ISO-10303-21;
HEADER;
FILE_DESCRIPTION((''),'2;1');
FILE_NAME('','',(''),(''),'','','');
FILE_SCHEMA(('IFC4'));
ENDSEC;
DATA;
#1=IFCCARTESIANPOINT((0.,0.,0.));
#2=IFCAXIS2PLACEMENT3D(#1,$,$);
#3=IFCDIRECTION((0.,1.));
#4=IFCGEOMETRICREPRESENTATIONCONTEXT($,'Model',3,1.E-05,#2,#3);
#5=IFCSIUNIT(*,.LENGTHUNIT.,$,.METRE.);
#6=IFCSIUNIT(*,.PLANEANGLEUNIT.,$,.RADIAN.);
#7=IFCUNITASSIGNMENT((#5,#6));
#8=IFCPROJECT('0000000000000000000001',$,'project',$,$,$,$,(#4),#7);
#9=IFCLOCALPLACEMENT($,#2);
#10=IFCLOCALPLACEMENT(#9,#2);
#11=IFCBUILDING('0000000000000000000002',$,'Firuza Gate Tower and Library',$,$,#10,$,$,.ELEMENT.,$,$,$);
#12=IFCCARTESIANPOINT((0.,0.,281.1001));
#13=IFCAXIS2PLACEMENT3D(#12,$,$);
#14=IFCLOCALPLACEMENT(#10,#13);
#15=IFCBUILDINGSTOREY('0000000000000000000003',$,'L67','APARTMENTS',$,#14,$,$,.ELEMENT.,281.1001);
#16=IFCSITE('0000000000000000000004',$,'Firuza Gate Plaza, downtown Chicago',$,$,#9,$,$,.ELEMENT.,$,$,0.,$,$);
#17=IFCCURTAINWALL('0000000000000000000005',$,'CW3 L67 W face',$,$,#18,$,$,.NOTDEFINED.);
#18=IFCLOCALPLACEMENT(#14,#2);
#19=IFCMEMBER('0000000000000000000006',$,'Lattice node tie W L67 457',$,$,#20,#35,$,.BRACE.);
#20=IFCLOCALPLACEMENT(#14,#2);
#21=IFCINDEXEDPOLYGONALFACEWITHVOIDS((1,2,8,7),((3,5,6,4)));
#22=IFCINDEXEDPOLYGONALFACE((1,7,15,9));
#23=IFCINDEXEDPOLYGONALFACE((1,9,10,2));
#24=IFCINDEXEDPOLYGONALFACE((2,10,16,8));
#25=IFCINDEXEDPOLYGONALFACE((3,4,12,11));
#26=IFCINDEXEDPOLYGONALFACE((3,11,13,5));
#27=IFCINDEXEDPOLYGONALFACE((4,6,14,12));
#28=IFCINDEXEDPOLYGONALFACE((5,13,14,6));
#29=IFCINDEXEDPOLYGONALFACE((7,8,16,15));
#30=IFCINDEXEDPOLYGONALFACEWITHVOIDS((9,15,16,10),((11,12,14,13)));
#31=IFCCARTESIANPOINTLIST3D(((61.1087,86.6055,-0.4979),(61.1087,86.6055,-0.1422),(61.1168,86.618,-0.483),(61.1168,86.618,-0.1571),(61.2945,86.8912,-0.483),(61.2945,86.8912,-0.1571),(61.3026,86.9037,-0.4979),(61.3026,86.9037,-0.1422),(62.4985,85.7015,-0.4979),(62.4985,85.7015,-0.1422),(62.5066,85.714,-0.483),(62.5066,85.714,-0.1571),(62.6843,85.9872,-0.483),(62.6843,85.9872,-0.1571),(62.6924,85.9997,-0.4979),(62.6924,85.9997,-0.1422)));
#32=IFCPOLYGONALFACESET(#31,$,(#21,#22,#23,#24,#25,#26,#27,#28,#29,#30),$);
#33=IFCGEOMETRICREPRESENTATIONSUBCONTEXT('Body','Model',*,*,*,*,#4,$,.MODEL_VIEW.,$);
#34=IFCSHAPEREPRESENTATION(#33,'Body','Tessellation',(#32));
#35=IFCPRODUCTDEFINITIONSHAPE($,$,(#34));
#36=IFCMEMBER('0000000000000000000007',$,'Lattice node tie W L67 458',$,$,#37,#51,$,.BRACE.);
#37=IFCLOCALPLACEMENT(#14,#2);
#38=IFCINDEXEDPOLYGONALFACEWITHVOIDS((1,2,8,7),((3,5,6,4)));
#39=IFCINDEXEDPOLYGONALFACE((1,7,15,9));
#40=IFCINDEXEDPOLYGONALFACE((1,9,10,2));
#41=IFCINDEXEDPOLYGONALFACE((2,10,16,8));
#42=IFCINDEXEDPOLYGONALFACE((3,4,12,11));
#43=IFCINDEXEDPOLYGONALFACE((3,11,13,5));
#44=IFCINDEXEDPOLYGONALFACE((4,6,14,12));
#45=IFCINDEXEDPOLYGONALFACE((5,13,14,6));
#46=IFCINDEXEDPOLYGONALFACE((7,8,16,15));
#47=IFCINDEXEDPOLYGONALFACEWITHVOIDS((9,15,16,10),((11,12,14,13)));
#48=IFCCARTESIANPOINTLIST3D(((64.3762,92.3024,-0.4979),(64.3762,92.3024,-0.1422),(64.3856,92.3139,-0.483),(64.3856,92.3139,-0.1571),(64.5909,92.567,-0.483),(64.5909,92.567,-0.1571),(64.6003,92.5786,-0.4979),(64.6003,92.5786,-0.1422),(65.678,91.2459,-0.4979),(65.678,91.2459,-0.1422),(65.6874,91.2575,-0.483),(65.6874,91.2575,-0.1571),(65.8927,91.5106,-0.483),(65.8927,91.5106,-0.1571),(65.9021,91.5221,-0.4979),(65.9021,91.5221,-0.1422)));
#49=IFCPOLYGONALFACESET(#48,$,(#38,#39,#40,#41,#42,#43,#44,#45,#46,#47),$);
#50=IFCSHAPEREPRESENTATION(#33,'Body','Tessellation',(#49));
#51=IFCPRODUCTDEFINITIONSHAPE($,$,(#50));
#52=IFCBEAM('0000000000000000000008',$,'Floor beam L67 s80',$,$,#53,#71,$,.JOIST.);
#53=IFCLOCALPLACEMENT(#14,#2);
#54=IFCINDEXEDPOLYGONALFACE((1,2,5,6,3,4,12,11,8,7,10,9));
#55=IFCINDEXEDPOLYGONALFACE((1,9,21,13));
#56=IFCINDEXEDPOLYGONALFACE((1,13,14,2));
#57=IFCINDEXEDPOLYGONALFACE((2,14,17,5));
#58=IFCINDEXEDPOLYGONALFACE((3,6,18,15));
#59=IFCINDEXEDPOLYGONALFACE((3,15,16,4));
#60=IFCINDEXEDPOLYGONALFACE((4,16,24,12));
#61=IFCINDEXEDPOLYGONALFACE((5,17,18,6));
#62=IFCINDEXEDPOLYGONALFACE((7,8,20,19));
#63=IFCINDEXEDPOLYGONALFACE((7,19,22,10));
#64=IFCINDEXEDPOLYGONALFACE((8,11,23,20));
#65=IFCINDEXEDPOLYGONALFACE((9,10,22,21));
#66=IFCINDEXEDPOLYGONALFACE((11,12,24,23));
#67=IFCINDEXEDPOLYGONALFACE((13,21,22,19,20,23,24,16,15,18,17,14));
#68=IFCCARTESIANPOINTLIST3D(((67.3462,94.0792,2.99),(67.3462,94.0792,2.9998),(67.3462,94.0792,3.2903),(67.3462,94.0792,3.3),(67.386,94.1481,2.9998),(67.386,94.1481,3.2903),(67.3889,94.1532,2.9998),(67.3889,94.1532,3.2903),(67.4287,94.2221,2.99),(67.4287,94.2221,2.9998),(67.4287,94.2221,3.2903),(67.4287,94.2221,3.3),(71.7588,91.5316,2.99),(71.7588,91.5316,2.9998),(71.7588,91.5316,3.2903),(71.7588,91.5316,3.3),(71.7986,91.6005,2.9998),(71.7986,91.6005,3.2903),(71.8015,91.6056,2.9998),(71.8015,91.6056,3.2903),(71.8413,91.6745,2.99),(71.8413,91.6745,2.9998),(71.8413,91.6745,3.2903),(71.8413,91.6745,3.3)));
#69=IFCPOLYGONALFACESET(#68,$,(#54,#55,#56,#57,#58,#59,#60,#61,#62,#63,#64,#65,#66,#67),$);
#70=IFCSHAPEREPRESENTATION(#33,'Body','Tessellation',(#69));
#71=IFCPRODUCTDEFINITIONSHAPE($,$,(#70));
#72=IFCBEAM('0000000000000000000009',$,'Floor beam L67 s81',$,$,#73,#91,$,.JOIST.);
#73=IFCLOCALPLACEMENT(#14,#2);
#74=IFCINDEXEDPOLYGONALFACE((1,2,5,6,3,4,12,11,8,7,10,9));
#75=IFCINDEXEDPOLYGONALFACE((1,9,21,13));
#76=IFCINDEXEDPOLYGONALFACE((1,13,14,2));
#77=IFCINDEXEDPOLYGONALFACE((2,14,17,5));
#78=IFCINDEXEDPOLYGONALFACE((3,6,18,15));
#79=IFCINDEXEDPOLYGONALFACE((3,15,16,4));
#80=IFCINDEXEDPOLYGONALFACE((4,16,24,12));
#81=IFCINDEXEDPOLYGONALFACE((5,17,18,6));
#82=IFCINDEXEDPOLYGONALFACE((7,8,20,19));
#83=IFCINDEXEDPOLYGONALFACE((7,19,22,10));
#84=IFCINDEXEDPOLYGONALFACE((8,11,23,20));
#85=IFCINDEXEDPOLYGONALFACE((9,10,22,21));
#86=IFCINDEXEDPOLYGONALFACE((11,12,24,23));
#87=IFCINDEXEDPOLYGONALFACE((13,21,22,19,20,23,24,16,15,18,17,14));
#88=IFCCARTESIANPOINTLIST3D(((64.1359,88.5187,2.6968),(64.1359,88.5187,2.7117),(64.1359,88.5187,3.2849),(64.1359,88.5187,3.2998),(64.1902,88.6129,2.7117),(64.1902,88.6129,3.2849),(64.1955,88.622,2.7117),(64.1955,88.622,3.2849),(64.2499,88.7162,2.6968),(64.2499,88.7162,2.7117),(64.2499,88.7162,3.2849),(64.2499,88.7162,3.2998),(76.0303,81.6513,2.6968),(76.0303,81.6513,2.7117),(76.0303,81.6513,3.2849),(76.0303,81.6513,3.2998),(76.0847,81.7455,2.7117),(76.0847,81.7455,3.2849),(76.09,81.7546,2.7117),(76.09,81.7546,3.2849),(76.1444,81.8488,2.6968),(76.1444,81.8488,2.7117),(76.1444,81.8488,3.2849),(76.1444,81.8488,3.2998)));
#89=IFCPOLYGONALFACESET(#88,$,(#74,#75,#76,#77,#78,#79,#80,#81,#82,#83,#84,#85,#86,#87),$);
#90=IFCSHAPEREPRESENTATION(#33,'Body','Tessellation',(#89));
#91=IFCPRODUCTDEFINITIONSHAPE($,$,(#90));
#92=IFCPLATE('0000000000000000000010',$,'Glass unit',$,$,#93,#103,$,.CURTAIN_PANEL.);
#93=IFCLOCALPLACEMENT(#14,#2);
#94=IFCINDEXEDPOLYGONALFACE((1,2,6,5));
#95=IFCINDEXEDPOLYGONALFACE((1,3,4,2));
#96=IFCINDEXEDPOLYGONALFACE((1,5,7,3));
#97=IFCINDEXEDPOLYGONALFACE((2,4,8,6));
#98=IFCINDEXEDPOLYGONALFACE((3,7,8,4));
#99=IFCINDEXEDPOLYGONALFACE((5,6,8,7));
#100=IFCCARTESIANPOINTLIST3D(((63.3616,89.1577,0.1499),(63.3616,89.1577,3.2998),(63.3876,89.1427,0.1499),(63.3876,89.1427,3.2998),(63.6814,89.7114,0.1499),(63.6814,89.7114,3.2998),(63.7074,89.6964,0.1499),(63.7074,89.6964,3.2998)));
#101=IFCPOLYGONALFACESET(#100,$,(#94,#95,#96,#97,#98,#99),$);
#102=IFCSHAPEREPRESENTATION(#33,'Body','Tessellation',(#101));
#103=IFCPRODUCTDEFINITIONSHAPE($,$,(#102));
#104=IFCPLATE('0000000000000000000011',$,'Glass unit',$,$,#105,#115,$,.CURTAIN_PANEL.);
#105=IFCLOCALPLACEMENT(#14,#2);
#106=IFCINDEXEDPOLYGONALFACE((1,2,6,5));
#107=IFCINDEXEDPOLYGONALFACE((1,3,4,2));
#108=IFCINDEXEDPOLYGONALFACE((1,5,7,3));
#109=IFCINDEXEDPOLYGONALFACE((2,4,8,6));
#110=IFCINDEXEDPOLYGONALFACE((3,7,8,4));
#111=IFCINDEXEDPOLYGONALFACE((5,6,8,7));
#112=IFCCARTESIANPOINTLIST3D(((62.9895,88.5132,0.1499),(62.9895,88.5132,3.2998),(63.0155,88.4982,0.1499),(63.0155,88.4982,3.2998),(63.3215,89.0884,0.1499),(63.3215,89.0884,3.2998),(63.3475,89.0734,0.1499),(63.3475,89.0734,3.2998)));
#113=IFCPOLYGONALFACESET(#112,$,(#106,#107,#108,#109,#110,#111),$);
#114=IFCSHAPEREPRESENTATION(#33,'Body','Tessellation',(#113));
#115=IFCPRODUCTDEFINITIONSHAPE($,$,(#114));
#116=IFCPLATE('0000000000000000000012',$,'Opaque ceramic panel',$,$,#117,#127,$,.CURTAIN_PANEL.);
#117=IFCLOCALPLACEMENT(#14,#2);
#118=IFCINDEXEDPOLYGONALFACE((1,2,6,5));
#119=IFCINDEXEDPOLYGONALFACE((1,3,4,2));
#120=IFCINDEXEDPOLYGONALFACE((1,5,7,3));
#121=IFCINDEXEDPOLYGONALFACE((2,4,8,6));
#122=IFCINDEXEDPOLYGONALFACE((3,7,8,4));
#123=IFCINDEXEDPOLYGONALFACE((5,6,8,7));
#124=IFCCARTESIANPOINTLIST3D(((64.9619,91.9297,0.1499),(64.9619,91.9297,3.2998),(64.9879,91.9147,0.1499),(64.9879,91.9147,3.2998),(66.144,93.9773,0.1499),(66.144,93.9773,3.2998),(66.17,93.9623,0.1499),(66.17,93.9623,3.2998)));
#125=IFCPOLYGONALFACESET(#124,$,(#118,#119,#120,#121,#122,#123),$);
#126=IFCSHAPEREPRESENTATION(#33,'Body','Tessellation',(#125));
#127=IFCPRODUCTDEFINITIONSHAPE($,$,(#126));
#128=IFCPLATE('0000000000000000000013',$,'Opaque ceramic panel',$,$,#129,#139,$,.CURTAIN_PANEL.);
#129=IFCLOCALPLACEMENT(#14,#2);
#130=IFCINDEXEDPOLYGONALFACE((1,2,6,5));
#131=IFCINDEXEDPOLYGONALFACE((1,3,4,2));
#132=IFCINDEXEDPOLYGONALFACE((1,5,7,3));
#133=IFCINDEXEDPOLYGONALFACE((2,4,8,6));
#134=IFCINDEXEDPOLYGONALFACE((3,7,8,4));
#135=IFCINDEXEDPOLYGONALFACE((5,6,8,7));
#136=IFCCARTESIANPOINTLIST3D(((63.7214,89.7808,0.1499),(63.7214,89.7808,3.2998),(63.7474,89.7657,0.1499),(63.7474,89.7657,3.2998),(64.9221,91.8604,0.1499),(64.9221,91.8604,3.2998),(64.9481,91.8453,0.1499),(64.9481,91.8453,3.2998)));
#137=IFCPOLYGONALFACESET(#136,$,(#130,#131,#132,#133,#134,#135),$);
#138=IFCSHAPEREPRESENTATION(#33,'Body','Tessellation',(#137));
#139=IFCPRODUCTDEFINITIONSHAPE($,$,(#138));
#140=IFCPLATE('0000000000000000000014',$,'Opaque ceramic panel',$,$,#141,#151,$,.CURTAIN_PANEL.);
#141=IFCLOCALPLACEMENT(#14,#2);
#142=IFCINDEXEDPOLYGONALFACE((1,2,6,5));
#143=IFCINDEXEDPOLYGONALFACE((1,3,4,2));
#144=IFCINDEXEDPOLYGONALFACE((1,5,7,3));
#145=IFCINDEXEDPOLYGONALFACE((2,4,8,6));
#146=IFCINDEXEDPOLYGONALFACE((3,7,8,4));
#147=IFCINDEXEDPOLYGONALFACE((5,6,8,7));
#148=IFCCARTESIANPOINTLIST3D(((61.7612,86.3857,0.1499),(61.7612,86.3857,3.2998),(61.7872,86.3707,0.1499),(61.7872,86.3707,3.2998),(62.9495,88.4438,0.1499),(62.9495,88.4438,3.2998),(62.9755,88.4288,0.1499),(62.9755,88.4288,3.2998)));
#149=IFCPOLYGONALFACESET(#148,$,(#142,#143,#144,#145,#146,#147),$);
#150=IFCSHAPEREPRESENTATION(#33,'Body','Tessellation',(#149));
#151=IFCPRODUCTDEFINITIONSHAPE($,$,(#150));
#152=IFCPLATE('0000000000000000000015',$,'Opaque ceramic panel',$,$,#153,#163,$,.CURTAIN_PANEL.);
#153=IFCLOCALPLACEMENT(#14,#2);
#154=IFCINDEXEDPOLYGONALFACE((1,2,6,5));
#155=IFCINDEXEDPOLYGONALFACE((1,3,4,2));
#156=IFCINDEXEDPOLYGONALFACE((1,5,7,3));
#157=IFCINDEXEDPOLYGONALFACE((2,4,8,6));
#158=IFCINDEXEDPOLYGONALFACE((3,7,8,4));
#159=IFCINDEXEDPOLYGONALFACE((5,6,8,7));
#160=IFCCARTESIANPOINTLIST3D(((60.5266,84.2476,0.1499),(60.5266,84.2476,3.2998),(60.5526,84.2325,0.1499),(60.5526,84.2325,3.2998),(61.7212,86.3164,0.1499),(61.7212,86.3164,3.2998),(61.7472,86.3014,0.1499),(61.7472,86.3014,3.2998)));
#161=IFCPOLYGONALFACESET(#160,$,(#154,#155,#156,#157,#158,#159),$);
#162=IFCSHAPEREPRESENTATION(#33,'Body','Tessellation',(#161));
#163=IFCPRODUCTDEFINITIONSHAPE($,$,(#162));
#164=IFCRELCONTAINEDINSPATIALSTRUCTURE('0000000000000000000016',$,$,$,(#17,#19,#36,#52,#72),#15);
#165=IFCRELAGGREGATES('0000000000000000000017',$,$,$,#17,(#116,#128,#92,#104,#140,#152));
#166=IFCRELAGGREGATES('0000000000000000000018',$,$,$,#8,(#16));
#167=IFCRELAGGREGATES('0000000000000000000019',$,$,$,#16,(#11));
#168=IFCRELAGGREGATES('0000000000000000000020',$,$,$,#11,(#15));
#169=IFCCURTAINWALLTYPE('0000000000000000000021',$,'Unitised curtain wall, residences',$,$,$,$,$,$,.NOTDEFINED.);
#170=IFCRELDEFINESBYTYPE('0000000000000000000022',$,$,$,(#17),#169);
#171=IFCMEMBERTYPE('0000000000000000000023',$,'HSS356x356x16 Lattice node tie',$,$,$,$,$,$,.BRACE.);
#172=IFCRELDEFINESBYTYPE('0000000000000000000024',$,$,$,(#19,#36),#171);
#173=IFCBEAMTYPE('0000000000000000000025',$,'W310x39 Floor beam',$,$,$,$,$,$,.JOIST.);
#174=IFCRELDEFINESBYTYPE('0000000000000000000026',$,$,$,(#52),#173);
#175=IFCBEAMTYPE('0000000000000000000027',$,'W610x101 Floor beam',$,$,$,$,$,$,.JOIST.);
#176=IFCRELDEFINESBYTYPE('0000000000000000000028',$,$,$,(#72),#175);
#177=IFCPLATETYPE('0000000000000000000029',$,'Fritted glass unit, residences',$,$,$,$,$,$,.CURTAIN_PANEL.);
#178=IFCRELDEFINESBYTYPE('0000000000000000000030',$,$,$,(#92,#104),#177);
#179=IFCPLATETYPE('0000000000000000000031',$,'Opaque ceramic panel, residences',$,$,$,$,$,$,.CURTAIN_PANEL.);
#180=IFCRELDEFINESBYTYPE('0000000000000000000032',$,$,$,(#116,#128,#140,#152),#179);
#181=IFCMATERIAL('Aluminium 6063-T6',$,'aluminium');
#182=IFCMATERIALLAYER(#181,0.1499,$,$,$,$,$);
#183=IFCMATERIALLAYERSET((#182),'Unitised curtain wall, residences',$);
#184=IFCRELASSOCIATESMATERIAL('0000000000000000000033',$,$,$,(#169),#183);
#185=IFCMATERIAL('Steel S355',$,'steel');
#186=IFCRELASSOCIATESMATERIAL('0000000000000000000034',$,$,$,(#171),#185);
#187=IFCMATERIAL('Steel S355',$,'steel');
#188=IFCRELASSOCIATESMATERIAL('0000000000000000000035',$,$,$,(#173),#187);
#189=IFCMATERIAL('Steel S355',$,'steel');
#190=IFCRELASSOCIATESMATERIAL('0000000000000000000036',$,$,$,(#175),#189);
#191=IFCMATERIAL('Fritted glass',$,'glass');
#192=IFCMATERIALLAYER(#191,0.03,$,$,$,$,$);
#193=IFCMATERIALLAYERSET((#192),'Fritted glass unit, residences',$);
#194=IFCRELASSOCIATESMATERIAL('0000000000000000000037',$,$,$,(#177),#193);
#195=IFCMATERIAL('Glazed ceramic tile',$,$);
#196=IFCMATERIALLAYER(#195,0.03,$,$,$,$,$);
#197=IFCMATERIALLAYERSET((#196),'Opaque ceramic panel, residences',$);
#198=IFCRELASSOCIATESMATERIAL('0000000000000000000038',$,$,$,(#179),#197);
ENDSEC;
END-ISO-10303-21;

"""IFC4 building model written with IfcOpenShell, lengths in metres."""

from ifc_helpers import new_model, si_unit, direction, frame, origin, origin_2d, place, context, subcontext, project, spatial, polyline, hollow_rectangle, i_section, outline, extrude, material, layer, layer_set, material_profile, profile_set, type_object, element, aggregate, save


model = new_model("IFC4")

# Units and contexts
model_context = context("Model", 3, precision=1e-05, world=origin(), true_north=direction((0.0, 1.0)))
body_context = subcontext(model_context, "Body", "Model", "MODEL_VIEW")
ifc_project = project(units=[si_unit("LENGTHUNIT", "METRE"), si_unit("PLANEANGLEUNIT", "RADIAN")], contexts=[model_context])

# Site, building, storey
site_placement = place(None, origin())
site = spatial("IfcSite", under=ifc_project, at=site_placement, Name="Firuza Gate Plaza, downtown Chicago", CompositionType="ELEMENT", RefElevation=0.0)
building_placement = place(site_placement, origin())
building = spatial("IfcBuilding", under=site, at=building_placement, Name="Firuza Gate Tower and Library", CompositionType="ELEMENT")
storey_placement = place(building_placement, frame((0.0, 0.0, 281.1001)))
storey = spatial("IfcBuildingStorey", under=building, at=storey_placement, Name="L67", Description="APARTMENTS", CompositionType="ELEMENT", Elevation=281.1001)

# Curtain wall
ifc_material_1 = material(Name="Aluminium 6063-T6", Category="aluminium")
ifc_layer_1 = layer(ifc_material_1, 0.1499)
ifc_layer_set_1 = layer_set([ifc_layer_1], Name="Unitised curtain wall, residences")
curtain_wall_type = type_object("IfcCurtainWallType", Name="Unitised curtain wall, residences", PredefinedType="NOTDEFINED", material=ifc_layer_set_1)
placement = place(storey_placement, origin())
curtain_wall = element("IfcCurtainWall", 1, at=placement, inside=storey, type_object=curtain_wall_type, Name="CW3 L67 W face", PredefinedType="NOTDEFINED")

# Members
ifc_material_2 = material(Name="Steel S355", Category="steel")
ifc_material_profile_1 = material_profile(ifc_material_2, hollow_rectangle(XDim=0.3557, YDim=0.3557, WallThickness=0.0149, at=origin_2d()))
ifc_profile_set_1 = profile_set([ifc_material_profile_1], Name="Steel S355")
member_type_1 = type_object("IfcMemberType", Name="HSS356x356x16 Lattice node tie", PredefinedType="BRACE", material=ifc_profile_set_1)
member_1_placement = place(storey_placement, frame((62.5955, 85.8506, -0.3201), z_axis=(-0.838272, 0.545252, 0.0), x_axis=(-0.545252, -0.838272, 0.0)))
element("IfcMember", 2, at=member_1_placement, inside=storey, type_object=member_type_1, Name="Lattice node tie W L67 457", PredefinedType="BRACE", context=body_context, shape_type="SweptSolid", body=[
    extrude(hollow_rectangle(XDim=0.3557, YDim=0.3557, WallThickness=0.0149, at=origin_2d()), origin(), (0.0, 0.0, 1.0), 1.658),
])
member_2_placement = place(storey_placement, frame((65.79, 91.384, -0.3201), z_axis=(-0.776488, 0.630132, 0.0), x_axis=(-0.630132, -0.776488, 0.0)))
element("IfcMember", 3, at=member_2_placement, inside=storey, type_object=member_type_1, Name="Lattice node tie W L67 458", PredefinedType="BRACE", context=body_context, shape_type="SweptSolid", body=[
    extrude(hollow_rectangle(XDim=0.3557, YDim=0.3557, WallThickness=0.0149, at=origin_2d()), origin(), (0.0, 0.0, 1.0), 1.6765),
])

# Beams
ifc_material_3 = material(Name="Steel S355", Category="steel")
ifc_material_profile_2 = material_profile(ifc_material_3, i_section(OverallWidth=0.165, OverallDepth=0.3101, WebThickness=0.0059, FlangeThickness=0.0098, at=origin_2d()))
ifc_profile_set_2 = profile_set([ifc_material_profile_2], Name="Steel S355")
beam_type_1 = type_object("IfcBeamType", Name="W310x39 Floor beam", PredefinedType="JOIST", material=ifc_profile_set_2)
beam_1_placement = place(storey_placement, frame((67.3875, 94.1506, 3.145), z_axis=(0.866026, -0.499999, 0.0), x_axis=(0.499999, 0.866026, 0.0)))
element("IfcBeam", 4, at=beam_1_placement, inside=storey, type_object=beam_type_1, Name="Floor beam L67 s80", PredefinedType="JOIST", context=body_context, shape_type="SweptSolid", body=[
    extrude(i_section(OverallWidth=0.165, OverallDepth=0.3101, WebThickness=0.0059, FlangeThickness=0.0098, at=origin_2d()), origin(), (0.0, 0.0, 1.0), 5.0952),
])
ifc_material_4 = material(Name="Steel S355", Category="steel")
ifc_material_profile_3 = material_profile(ifc_material_4, i_section(OverallWidth=0.228, OverallDepth=0.603, WebThickness=0.0105, FlangeThickness=0.0149, at=origin_2d()))
ifc_profile_set_3 = profile_set([ifc_material_profile_3], Name="Steel S355")
beam_type_2 = type_object("IfcBeamType", Name="W610x101 Floor beam", PredefinedType="JOIST", material=ifc_profile_set_3)
beam_2_placement = place(storey_placement, frame((64.1929, 88.6174, 2.9983), z_axis=(0.866022, -0.500007, 0.0), x_axis=(0.500007, 0.866022, 0.0)))
element("IfcBeam", 5, at=beam_2_placement, inside=storey, type_object=beam_type_2, Name="Floor beam L67 s81", PredefinedType="JOIST", context=body_context, shape_type="SweptSolid", body=[
    extrude(i_section(OverallWidth=0.228, OverallDepth=0.603, WebThickness=0.0105, FlangeThickness=0.0149, at=origin_2d()), origin(), (0.0, 0.0, 1.0), 13.7346),
])

# Plates
ifc_material_5 = material(Name="Fritted glass", Category="glass")
ifc_layer_2 = layer(ifc_material_5, 0.03)
ifc_layer_set_2 = layer_set([ifc_layer_2], Name="Fritted glass unit, residences")
plate_type_1 = type_object("IfcPlateType", Name="Fritted glass unit, residences", PredefinedType="CURTAIN_PANEL", material=ifc_layer_set_2)
plate_1_placement = place(storey_placement, frame((63.6814, 89.7114, 0.1499), z_axis=(-0.865931, 0.500163, 0.0), x_axis=(-0.500163, -0.865931, 0.0)))
plate_1 = element("IfcPlate", 6, at=plate_1_placement, type_object=plate_type_1, Name="Glass unit", PredefinedType="CURTAIN_PANEL", context=body_context, shape_type="SweptSolid", body=[
    extrude(outline(polyline([(0.0, 0.0), (0.6394, 0.0), (0.6394, 3.1499), (0.0, 3.1499), (0.0, 0.0)])), origin(), (0.0, 0.0, -1.0), 0.03),
])
plate_2_placement = place(storey_placement, frame((63.3215, 89.0884, 0.1499), z_axis=(-0.866063, 0.499935, 0.0), x_axis=(-0.499935, -0.866063, 0.0)))
plate_2 = element("IfcPlate", 7, at=plate_2_placement, type_object=plate_type_1, Name="Glass unit", PredefinedType="CURTAIN_PANEL", context=body_context, shape_type="SweptSolid", body=[
    extrude(outline(polyline([(0.0, 0.0), (0.6641, 0.0), (0.6641, 3.1499), (0.0, 3.1499), (0.0, 0.0)])), origin(), (0.0, 0.0, -1.0), 0.03),
])
ifc_material_6 = material(Name="Glazed ceramic tile")
ifc_layer_3 = layer(ifc_material_6, 0.03)
ifc_layer_set_3 = layer_set([ifc_layer_3], Name="Opaque ceramic panel, residences")
plate_type_2 = type_object("IfcPlateType", Name="Opaque ceramic panel, residences", PredefinedType="CURTAIN_PANEL", material=ifc_layer_set_3)
plate_3_placement = place(storey_placement, frame((66.144, 93.9773, 0.1499), z_axis=(-0.866036, 0.499982, 0.0), x_axis=(-0.499982, -0.866036, 0.0)))
plate_3 = element("IfcPlate", 8, at=plate_3_placement, type_object=plate_type_2, Name="Opaque ceramic panel", PredefinedType="CURTAIN_PANEL", context=body_context, shape_type="SweptSolid", body=[
    extrude(outline(polyline([(0.0, 0.0), (2.3643, 0.0), (2.3643, 3.1499), (0.0, 3.1499), (0.0, 0.0)])), origin(), (0.0, 0.0, -1.0), 0.03),
])
plate_4_placement = place(storey_placement, frame((64.9221, 91.8604, 0.1499), z_axis=(-0.86602, 0.50001, 0.0), x_axis=(-0.50001, -0.86602, 0.0)))
plate_4 = element("IfcPlate", 9, at=plate_4_placement, type_object=plate_type_2, Name="Opaque ceramic panel", PredefinedType="CURTAIN_PANEL", context=body_context, shape_type="SweptSolid", body=[
    extrude(outline(polyline([(0.0, 0.0), (2.4013, 0.0), (2.4013, 3.1499), (0.0, 3.1499), (0.0, 0.0)])), origin(), (0.0, 0.0, -1.0), 0.03),
])
plate_5_placement = place(storey_placement, frame((62.9495, 88.4438, 0.1499), z_axis=(-0.866028, 0.499995, 0.0), x_axis=(-0.499995, -0.866028, 0.0)))
plate_5 = element("IfcPlate", 10, at=plate_5_placement, type_object=plate_type_2, Name="Opaque ceramic panel", PredefinedType="CURTAIN_PANEL", context=body_context, shape_type="SweptSolid", body=[
    extrude(outline(polyline([(0.0, 0.0), (2.3765, 0.0), (2.3765, 3.1499), (0.0, 3.1499), (0.0, 0.0)])), origin(), (0.0, 0.0, -1.0), 0.03),
])
plate_6_placement = place(storey_placement, frame((61.7212, 86.3164, 0.1499), z_axis=(-0.866002, 0.500041, 0.0), x_axis=(-0.500041, -0.866002, 0.0)))
plate_6 = element("IfcPlate", 11, at=plate_6_placement, type_object=plate_type_2, Name="Opaque ceramic panel", PredefinedType="CURTAIN_PANEL", context=body_context, shape_type="SweptSolid", body=[
    extrude(outline(polyline([(0.0, 0.0), (2.389, 0.0), (2.389, 3.1499), (0.0, 3.1499), (0.0, 0.0)])), origin(), (0.0, 0.0, -1.0), 0.03),
])
aggregate(curtain_wall, [plate_3, plate_4, plate_1, plate_2, plate_5, plate_6])

save(model, "model.ifc")
